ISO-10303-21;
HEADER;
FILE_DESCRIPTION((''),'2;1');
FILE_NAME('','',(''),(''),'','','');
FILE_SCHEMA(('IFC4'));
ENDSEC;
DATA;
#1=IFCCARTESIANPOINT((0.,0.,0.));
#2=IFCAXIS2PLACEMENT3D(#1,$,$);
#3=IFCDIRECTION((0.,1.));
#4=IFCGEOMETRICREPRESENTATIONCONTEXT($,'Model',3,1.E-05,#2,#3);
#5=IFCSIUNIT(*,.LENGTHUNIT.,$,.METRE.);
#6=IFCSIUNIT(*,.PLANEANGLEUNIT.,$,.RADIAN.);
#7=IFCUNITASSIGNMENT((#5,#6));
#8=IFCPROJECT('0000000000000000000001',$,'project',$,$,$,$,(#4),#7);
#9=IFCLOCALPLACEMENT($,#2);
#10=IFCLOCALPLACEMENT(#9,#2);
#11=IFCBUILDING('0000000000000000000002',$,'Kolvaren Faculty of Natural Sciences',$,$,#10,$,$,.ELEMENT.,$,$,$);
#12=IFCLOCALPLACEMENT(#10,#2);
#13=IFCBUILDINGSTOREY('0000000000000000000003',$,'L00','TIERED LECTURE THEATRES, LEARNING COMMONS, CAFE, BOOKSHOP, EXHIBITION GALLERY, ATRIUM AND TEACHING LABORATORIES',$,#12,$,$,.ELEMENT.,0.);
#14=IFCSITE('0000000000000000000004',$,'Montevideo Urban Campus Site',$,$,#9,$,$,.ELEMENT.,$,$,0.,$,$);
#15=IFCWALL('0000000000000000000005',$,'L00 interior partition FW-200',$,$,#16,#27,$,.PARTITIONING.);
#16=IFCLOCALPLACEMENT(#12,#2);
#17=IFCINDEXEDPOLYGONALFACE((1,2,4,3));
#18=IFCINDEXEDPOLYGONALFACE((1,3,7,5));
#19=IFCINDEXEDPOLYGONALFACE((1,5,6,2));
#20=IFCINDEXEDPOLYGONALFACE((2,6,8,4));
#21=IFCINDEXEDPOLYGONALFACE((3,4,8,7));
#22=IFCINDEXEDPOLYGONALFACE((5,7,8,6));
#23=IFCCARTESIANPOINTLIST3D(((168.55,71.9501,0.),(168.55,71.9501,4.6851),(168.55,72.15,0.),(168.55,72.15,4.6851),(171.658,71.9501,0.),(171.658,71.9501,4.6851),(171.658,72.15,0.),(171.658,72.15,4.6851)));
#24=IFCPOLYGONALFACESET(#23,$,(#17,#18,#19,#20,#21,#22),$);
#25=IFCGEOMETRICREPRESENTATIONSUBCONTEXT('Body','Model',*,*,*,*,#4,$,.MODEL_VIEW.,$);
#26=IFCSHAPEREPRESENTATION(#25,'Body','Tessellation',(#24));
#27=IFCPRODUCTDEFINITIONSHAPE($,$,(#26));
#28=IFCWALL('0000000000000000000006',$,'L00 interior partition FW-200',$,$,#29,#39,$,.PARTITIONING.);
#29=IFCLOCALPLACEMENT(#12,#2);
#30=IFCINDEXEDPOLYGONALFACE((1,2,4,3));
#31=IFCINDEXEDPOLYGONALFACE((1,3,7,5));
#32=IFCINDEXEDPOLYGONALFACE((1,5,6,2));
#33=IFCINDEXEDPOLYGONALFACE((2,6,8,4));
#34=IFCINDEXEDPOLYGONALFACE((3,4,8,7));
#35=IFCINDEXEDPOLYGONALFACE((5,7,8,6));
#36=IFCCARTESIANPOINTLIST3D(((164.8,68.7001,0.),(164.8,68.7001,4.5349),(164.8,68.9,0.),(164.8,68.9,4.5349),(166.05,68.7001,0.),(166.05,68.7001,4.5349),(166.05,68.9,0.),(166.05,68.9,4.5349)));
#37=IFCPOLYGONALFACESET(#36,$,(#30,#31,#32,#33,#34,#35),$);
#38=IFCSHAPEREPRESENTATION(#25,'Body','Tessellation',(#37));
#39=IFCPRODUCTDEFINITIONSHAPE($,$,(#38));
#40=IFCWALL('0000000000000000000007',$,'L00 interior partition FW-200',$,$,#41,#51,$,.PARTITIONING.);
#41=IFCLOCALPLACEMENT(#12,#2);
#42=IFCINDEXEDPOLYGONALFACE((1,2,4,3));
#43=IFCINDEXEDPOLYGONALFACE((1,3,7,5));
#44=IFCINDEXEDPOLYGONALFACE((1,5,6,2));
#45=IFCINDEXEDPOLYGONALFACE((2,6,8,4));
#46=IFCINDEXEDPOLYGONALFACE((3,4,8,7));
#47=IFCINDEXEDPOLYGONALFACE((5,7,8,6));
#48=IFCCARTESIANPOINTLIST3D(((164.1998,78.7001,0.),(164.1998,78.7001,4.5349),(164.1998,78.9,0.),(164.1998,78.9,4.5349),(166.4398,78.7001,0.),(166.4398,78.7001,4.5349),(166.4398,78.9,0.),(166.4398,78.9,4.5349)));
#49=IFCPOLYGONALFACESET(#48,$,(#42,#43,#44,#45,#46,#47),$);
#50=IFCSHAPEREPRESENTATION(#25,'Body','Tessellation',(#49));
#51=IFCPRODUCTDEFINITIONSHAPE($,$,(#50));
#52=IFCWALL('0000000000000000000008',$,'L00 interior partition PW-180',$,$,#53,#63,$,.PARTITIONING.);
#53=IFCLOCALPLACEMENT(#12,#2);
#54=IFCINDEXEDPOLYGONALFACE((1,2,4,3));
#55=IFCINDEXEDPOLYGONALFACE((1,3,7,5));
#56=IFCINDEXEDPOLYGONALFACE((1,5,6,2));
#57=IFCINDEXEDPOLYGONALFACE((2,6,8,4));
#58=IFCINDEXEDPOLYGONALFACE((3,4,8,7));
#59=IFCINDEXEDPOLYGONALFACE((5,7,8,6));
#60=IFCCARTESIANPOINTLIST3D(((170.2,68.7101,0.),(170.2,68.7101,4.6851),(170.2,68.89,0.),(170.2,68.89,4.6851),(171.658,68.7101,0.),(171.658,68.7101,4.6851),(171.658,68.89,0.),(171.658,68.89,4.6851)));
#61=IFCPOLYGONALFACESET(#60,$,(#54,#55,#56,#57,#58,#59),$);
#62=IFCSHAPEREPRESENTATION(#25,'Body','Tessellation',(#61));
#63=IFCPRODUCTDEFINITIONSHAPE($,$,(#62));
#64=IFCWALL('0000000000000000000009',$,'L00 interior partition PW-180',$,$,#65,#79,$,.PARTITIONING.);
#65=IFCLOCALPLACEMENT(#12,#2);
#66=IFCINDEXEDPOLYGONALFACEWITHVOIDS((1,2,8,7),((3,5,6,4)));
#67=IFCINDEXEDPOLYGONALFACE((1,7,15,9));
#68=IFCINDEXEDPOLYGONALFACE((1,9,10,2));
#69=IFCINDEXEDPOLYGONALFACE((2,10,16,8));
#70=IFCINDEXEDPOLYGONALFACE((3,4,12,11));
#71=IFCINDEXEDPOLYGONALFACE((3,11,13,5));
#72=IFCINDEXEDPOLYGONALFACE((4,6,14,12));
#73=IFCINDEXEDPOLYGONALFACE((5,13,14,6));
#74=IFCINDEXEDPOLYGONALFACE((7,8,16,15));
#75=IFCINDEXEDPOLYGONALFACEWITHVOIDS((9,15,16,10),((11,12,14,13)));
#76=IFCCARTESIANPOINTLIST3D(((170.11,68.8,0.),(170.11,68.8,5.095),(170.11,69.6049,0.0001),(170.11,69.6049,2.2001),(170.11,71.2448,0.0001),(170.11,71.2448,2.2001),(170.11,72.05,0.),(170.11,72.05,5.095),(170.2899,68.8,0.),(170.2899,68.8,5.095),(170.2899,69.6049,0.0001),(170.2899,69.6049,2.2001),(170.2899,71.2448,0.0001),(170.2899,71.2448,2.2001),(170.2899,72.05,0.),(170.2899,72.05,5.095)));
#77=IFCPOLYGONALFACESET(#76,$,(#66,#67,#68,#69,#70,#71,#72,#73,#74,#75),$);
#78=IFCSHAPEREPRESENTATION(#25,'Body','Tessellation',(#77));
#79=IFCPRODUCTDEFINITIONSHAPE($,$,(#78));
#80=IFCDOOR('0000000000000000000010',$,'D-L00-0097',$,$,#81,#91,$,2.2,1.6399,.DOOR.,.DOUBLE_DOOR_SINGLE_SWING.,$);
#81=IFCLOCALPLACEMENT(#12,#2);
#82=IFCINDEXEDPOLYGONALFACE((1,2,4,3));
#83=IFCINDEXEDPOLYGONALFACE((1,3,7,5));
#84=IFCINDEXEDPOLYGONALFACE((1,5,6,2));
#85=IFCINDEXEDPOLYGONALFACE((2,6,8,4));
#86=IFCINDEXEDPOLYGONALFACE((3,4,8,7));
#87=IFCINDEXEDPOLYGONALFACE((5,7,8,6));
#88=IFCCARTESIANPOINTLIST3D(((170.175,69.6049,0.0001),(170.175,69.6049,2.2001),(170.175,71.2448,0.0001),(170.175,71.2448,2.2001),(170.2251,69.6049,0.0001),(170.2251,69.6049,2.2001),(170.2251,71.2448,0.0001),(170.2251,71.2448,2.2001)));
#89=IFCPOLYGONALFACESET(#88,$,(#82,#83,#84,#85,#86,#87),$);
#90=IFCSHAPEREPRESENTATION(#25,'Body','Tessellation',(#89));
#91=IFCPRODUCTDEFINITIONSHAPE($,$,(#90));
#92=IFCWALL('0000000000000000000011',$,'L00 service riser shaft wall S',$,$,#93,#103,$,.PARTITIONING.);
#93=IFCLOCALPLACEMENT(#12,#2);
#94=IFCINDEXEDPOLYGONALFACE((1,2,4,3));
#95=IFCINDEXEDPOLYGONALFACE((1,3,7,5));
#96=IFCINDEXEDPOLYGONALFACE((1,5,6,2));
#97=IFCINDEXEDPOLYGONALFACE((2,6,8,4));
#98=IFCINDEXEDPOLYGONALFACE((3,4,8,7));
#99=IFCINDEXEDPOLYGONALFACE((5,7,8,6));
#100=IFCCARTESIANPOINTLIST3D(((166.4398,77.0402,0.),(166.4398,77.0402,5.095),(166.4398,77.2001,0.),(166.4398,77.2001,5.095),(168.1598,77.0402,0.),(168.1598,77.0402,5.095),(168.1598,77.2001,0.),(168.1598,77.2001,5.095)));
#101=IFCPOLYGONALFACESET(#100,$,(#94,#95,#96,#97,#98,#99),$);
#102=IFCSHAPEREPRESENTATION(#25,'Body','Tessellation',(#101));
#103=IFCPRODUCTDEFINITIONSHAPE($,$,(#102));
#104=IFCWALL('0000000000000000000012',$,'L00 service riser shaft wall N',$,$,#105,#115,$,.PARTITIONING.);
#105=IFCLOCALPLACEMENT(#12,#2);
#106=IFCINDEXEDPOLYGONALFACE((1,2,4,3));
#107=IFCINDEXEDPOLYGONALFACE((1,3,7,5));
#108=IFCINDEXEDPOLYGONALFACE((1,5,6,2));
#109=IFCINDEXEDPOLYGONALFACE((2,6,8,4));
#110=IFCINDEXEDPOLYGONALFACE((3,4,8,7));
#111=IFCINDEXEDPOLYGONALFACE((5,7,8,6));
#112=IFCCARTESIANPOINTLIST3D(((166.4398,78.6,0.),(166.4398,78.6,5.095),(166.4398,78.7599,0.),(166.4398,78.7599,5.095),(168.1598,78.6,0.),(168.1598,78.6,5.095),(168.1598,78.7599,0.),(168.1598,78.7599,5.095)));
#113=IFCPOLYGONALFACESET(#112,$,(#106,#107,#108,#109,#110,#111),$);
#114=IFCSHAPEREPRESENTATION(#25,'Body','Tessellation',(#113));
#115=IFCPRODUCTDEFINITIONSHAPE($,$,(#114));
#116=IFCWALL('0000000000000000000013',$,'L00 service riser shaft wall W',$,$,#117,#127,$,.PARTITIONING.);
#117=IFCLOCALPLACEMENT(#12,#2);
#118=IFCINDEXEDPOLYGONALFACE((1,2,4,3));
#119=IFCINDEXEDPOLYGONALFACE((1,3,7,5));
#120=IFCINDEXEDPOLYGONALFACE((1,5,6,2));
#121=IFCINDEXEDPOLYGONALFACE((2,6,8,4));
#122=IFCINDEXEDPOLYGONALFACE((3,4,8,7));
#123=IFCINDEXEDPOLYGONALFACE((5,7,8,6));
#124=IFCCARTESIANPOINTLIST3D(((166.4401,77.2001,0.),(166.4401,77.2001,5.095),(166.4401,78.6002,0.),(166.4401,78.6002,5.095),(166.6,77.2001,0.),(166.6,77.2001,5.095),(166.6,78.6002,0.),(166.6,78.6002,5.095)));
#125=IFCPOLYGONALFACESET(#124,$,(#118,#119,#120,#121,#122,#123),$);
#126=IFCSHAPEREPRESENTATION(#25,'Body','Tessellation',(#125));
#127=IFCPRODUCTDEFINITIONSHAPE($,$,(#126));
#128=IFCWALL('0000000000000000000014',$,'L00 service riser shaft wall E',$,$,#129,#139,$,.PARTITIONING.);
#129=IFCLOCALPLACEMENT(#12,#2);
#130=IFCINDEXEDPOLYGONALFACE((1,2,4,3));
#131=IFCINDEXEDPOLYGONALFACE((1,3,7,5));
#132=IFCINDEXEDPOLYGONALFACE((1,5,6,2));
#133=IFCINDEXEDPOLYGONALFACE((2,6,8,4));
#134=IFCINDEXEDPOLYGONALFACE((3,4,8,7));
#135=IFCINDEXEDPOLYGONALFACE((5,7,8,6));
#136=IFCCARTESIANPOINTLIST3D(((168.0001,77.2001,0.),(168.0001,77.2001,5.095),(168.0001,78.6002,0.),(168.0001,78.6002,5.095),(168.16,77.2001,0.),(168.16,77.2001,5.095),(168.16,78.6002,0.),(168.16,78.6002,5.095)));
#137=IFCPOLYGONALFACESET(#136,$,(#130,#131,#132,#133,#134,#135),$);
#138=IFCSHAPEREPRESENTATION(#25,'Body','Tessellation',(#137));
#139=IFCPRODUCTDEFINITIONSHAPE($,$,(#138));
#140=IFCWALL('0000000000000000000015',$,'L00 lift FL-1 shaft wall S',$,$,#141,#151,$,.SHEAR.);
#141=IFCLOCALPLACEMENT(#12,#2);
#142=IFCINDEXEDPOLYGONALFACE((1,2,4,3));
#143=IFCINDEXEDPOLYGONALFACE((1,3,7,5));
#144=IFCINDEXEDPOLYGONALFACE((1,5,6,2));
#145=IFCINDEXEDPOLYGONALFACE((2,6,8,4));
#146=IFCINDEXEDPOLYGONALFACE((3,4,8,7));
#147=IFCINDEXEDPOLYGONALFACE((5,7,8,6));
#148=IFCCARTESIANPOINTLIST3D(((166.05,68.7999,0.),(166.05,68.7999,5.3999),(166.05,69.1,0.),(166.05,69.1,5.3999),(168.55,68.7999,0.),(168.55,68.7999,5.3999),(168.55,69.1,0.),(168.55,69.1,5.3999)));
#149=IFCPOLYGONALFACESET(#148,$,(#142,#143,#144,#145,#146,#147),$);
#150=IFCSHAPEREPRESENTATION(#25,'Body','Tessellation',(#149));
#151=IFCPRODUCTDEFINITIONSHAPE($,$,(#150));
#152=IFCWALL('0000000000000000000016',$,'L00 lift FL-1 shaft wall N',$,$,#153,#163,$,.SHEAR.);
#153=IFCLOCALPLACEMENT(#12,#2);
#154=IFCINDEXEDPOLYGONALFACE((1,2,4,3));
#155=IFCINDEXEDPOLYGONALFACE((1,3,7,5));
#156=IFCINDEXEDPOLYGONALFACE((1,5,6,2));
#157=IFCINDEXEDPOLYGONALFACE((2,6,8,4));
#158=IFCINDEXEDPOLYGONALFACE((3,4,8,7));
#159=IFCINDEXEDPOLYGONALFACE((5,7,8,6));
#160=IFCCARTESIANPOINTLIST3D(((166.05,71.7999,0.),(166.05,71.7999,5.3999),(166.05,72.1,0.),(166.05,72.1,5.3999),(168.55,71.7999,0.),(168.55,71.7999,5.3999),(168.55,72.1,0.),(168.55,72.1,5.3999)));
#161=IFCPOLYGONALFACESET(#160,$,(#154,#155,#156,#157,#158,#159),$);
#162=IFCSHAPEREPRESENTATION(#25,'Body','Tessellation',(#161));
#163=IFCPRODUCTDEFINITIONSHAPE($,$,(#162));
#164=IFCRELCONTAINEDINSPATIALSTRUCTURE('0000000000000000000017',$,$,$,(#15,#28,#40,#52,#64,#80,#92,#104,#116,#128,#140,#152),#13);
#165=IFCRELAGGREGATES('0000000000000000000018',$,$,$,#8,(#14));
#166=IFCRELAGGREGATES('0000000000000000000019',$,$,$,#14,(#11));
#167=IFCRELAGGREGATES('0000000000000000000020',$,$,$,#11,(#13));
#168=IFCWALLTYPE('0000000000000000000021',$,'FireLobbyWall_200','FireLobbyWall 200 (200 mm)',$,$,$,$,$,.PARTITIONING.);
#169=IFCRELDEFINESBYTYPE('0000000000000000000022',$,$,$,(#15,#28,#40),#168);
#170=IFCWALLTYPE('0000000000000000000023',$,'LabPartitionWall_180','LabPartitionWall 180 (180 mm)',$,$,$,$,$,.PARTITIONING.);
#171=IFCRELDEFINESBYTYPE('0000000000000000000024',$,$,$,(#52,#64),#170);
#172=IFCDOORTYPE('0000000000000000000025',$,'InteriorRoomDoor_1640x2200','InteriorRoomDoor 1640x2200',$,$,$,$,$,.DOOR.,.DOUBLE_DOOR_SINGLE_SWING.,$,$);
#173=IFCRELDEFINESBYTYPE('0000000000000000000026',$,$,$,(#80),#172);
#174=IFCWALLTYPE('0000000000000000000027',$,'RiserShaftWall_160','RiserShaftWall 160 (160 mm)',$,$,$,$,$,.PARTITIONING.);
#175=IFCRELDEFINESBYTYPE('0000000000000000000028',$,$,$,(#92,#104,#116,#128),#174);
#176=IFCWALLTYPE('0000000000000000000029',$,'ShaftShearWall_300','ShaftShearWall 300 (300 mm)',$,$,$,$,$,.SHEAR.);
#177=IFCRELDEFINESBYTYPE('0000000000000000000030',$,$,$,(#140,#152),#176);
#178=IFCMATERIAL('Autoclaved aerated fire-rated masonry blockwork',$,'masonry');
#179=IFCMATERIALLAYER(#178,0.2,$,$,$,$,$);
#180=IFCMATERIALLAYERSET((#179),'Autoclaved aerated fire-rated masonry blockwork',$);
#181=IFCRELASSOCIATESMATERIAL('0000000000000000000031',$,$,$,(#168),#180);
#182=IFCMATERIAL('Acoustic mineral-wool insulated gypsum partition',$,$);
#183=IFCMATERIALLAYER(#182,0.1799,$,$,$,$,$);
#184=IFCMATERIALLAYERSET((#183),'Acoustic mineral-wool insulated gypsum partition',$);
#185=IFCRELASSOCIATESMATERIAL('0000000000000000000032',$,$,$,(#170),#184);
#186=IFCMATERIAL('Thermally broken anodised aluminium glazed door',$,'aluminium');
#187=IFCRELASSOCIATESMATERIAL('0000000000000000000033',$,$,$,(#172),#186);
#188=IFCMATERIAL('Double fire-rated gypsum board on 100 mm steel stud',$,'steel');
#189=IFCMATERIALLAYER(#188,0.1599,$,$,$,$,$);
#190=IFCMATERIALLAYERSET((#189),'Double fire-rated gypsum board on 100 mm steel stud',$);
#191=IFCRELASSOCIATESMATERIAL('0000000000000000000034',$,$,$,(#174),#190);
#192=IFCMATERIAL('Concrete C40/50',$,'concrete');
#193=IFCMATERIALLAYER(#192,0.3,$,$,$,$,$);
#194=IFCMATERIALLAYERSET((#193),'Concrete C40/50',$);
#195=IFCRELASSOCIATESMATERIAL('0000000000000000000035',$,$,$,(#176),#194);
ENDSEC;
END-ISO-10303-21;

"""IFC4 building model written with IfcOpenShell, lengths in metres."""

from ifc_helpers import new_model, si_unit, direction, frame, frame_2d, origin, place, context, subcontext, project, spatial, rectangle, extrude, material, layer, layer_set, type_object, element, fill, save


model = new_model("IFC4")

# Units and contexts
model_context = context("Model", 3, precision=1e-05, world=origin(), true_north=direction((0.0, 1.0)))
body_context = subcontext(model_context, "Body", "Model", "MODEL_VIEW")
ifc_project = project(units=[si_unit("LENGTHUNIT", "METRE"), si_unit("PLANEANGLEUNIT", "RADIAN")], contexts=[model_context])

# Site, building, storey
site_placement = place(None, origin())
site = spatial("IfcSite", under=ifc_project, at=site_placement, Name="Montevideo Urban Campus Site", CompositionType="ELEMENT", RefElevation=0.0)
building_placement = place(site_placement, origin())
building = spatial("IfcBuilding", under=site, at=building_placement, Name="Kolvaren Faculty of Natural Sciences", CompositionType="ELEMENT")
storey_placement = place(building_placement, origin())
storey = spatial("IfcBuildingStorey", under=building, at=storey_placement, Name="L00", Description="TIERED LECTURE THEATRES, LEARNING COMMONS, CAFE, BOOKSHOP, EXHIBITION GALLERY, ATRIUM AND TEACHING LABORATORIES", CompositionType="ELEMENT", Elevation=0.0)

# Shared definitions
ifc_material_1 = material(Name="Concrete C40/50", Category="concrete")

# Shared definitions
ifc_material_2 = material(Name="Acoustic mineral-wool insulated gypsum partition")

# Walls
ifc_material_3 = material(Name="Autoclaved aerated fire-rated masonry blockwork", Category="masonry")
ifc_layer_1 = layer(ifc_material_3, 0.2)
ifc_layer_set_1 = layer_set([ifc_layer_1], Name="Autoclaved aerated fire-rated masonry blockwork")
wall_type_1 = type_object("IfcWallType", Name="FireLobbyWall_200", Description="FireLobbyWall 200 (200 mm)", PredefinedType="PARTITIONING", material=ifc_layer_set_1)
wall_1_placement = place(storey_placement, frame((171.658, 72.05, 0.0), z_axis=(0.0, 0.0, 1.0), x_axis=(-1.0, 0.0, 0.0)))
element("IfcWall", 1, at=wall_1_placement, inside=storey, type_object=wall_type_1, Name="L00 interior partition FW-200", PredefinedType="PARTITIONING", context=body_context, shape_type="SweptSolid", body=[
    extrude(rectangle(XDim=3.1079, YDim=0.2, at=frame_2d((1.554, 0.0))), origin(), (0.0, 0.0, 1.0), 4.6851),
])
wall_2_placement = place(storey_placement, frame((166.05, 68.8, 0.0), z_axis=(0.0, 0.0, 1.0), x_axis=(-1.0, 0.0, 0.0)))
element("IfcWall", 2, at=wall_2_placement, inside=storey, type_object=wall_type_1, Name="L00 interior partition FW-200", PredefinedType="PARTITIONING", context=body_context, shape_type="SweptSolid", body=[
    extrude(rectangle(XDim=1.25, YDim=0.2, at=frame_2d((0.625, 0.0))), origin(), (0.0, 0.0, 1.0), 4.5349),
])

# Walls
wall_3_placement = place(storey_placement, frame((166.4399, 78.8, 0.0), z_axis=(0.0, 0.0, 1.0), x_axis=(-1.0, 0.0, 0.0)))
element("IfcWall", 3, at=wall_3_placement, inside=storey, type_object=wall_type_1, Name="L00 interior partition FW-200", PredefinedType="PARTITIONING", context=body_context, shape_type="SweptSolid", body=[
    extrude(rectangle(XDim=2.24, YDim=0.2, at=frame_2d((1.1201, 0.0))), origin(), (0.0, 0.0, 1.0), 4.5349),
])
ifc_layer_2 = layer(ifc_material_2, 0.1799)
ifc_layer_set_2 = layer_set([ifc_layer_2], Name="Acoustic mineral-wool insulated gypsum partition")
wall_type_2 = type_object("IfcWallType", Name="LabPartitionWall_180", Description="LabPartitionWall 180 (180 mm)", PredefinedType="PARTITIONING", material=ifc_layer_set_2)
wall_4_placement = place(storey_placement, frame((171.658, 68.8, 0.0), z_axis=(0.0, 0.0, 1.0), x_axis=(-1.0, 0.0, 0.0)))
element("IfcWall", 4, at=wall_4_placement, inside=storey, type_object=wall_type_2, Name="L00 interior partition PW-180", PredefinedType="PARTITIONING", context=body_context, shape_type="SweptSolid", body=[
    extrude(rectangle(XDim=1.458, YDim=0.1799, at=frame_2d((0.729, 0.0))), origin(), (0.0, 0.0, 1.0), 4.6851),
])

# Wall, opening, door
wall_5_placement = place(storey_placement, frame((170.2, 68.8, 0.0), z_axis=(0.0, 0.0, 1.0), x_axis=(0.0, 1.0, 0.0)))
wall_5 = element("IfcWall", 5, at=wall_5_placement, inside=storey, type_object=wall_type_2, Name="L00 interior partition PW-180", PredefinedType="PARTITIONING", context=body_context, shape_type="SweptSolid", body=[
    extrude(rectangle(XDim=3.25, YDim=0.1799, at=frame_2d((1.625, 0.0))), origin(), (0.0, 0.0, 1.0), 5.095),
])
opening_1_placement = place(wall_5_placement, frame((0.8049, 0.0, 0.0)))
opening_1 = element("IfcOpeningElement", 6, at=opening_1_placement, cuts=wall_5, PredefinedType="OPENING", context=body_context, shape_type="SweptSolid", body=[
    extrude(rectangle(XDim=1.6399, YDim=2.2, at=frame_2d((0.8198, 1.1001))), frame((0.0, 0.0999, 0.0), z_axis=(0.0, -1.0, 0.0), x_axis=(1.0, 0.0, 0.0)), (0.0, 0.0, 1.0), 0.2),
])
ifc_material_4 = material(Name="Thermally broken anodised aluminium glazed door", Category="aluminium")
door_type_1 = type_object("IfcDoorType", Name="InteriorRoomDoor_1640x2200", Description="InteriorRoomDoor 1640x2200", OperationType="DOUBLE_DOOR_SINGLE_SWING", PredefinedType="DOOR", material=ifc_material_4)
door_1_placement = place(opening_1_placement, origin())
door_1 = element("IfcDoor", 7, at=door_1_placement, inside=storey, type_object=door_type_1, Name="D-L00-0097", OperationType="DOUBLE_DOOR_SINGLE_SWING", OverallHeight=2.2, OverallWidth=1.6399, PredefinedType="DOOR", context=body_context, shape_type="SweptSolid", body=[
    extrude(rectangle(XDim=1.6399, YDim=2.2, at=frame_2d((0.8198, 1.1001))), frame((0.0, 0.0249, 0.0), z_axis=(0.0, -1.0, 0.0), x_axis=(1.0, 0.0, 0.0)), (0.0, 0.0, 1.0), 0.05),
])
fill(opening_1, door_1)

# Walls
ifc_material_5 = material(Name="Double fire-rated gypsum board on 100 mm steel stud", Category="steel")
ifc_layer_3 = layer(ifc_material_5, 0.1599)
ifc_layer_set_3 = layer_set([ifc_layer_3], Name="Double fire-rated gypsum board on 100 mm steel stud")
wall_type_3 = type_object("IfcWallType", Name="RiserShaftWall_160", Description="RiserShaftWall 160 (160 mm)", PredefinedType="PARTITIONING", material=ifc_layer_set_3)
for number, where, z_axis, x_axis, name in (
    (8, (166.4399, 77.1201, 0.0), (0.0, 0.0, 1.0), (1.0, 0.0, 0.0), "L00 service riser shaft wall S"),
    (9, (166.4399, 78.6799, 0.0), (0.0, 0.0, 1.0), (1.0, 0.0, 0.0), "L00 service riser shaft wall N"),
):
    element("IfcWall", number, at=place(storey_placement, frame(where, z_axis=z_axis, x_axis=x_axis)), inside=storey, type_object=wall_type_3, Name=name, PredefinedType="PARTITIONING", context=body_context, shape_type="SweptSolid", body=[
        extrude(rectangle(XDim=1.72, YDim=0.1599, at=frame_2d((0.8599, 0.0))), origin(), (0.0, 0.0, 1.0), 5.095),
    ])
for number, where, z_axis, x_axis, name in (
    (10, (166.52, 77.2, 0.0), (0.0, 0.0, 1.0), (0.0, 1.0, 0.0), "L00 service riser shaft wall W"),
    (11, (168.0801, 77.2, 0.0), (0.0, 0.0, 1.0), (0.0, 1.0, 0.0), "L00 service riser shaft wall E"),
):
    element("IfcWall", number, at=place(storey_placement, frame(where, z_axis=z_axis, x_axis=x_axis)), inside=storey, type_object=wall_type_3, Name=name, PredefinedType="PARTITIONING", context=body_context, shape_type="SweptSolid", body=[
        extrude(rectangle(XDim=1.4001, YDim=0.1599, at=frame_2d((0.7002, 0.0))), origin(), (0.0, 0.0, 1.0), 5.095),
    ])
ifc_layer_4 = layer(ifc_material_1, 0.3)
ifc_layer_set_4 = layer_set([ifc_layer_4], Name="Concrete C40/50")
wall_type_4 = type_object("IfcWallType", Name="ShaftShearWall_300", Description="ShaftShearWall 300 (300 mm)", PredefinedType="SHEAR", material=ifc_layer_set_4)
for number, where, z_axis, x_axis, name in (
    (12, (166.05, 68.95, 0.0), (0.0, 0.0, 1.0), (1.0, 0.0, 0.0), "L00 lift FL-1 shaft wall S"),
    (13, (166.05, 71.95, 0.0), (0.0, 0.0, 1.0), (1.0, 0.0, 0.0), "L00 lift FL-1 shaft wall N"),
):
    element("IfcWall", number, at=place(storey_placement, frame(where, z_axis=z_axis, x_axis=x_axis)), inside=storey, type_object=wall_type_4, Name=name, PredefinedType="SHEAR", context=body_context, shape_type="SweptSolid", body=[
        extrude(rectangle(XDim=2.5, YDim=0.3, at=frame_2d((1.25, 0.0))), origin(), (0.0, 0.0, 1.0), 5.3999),
    ])

save(model, "model.ifc")
